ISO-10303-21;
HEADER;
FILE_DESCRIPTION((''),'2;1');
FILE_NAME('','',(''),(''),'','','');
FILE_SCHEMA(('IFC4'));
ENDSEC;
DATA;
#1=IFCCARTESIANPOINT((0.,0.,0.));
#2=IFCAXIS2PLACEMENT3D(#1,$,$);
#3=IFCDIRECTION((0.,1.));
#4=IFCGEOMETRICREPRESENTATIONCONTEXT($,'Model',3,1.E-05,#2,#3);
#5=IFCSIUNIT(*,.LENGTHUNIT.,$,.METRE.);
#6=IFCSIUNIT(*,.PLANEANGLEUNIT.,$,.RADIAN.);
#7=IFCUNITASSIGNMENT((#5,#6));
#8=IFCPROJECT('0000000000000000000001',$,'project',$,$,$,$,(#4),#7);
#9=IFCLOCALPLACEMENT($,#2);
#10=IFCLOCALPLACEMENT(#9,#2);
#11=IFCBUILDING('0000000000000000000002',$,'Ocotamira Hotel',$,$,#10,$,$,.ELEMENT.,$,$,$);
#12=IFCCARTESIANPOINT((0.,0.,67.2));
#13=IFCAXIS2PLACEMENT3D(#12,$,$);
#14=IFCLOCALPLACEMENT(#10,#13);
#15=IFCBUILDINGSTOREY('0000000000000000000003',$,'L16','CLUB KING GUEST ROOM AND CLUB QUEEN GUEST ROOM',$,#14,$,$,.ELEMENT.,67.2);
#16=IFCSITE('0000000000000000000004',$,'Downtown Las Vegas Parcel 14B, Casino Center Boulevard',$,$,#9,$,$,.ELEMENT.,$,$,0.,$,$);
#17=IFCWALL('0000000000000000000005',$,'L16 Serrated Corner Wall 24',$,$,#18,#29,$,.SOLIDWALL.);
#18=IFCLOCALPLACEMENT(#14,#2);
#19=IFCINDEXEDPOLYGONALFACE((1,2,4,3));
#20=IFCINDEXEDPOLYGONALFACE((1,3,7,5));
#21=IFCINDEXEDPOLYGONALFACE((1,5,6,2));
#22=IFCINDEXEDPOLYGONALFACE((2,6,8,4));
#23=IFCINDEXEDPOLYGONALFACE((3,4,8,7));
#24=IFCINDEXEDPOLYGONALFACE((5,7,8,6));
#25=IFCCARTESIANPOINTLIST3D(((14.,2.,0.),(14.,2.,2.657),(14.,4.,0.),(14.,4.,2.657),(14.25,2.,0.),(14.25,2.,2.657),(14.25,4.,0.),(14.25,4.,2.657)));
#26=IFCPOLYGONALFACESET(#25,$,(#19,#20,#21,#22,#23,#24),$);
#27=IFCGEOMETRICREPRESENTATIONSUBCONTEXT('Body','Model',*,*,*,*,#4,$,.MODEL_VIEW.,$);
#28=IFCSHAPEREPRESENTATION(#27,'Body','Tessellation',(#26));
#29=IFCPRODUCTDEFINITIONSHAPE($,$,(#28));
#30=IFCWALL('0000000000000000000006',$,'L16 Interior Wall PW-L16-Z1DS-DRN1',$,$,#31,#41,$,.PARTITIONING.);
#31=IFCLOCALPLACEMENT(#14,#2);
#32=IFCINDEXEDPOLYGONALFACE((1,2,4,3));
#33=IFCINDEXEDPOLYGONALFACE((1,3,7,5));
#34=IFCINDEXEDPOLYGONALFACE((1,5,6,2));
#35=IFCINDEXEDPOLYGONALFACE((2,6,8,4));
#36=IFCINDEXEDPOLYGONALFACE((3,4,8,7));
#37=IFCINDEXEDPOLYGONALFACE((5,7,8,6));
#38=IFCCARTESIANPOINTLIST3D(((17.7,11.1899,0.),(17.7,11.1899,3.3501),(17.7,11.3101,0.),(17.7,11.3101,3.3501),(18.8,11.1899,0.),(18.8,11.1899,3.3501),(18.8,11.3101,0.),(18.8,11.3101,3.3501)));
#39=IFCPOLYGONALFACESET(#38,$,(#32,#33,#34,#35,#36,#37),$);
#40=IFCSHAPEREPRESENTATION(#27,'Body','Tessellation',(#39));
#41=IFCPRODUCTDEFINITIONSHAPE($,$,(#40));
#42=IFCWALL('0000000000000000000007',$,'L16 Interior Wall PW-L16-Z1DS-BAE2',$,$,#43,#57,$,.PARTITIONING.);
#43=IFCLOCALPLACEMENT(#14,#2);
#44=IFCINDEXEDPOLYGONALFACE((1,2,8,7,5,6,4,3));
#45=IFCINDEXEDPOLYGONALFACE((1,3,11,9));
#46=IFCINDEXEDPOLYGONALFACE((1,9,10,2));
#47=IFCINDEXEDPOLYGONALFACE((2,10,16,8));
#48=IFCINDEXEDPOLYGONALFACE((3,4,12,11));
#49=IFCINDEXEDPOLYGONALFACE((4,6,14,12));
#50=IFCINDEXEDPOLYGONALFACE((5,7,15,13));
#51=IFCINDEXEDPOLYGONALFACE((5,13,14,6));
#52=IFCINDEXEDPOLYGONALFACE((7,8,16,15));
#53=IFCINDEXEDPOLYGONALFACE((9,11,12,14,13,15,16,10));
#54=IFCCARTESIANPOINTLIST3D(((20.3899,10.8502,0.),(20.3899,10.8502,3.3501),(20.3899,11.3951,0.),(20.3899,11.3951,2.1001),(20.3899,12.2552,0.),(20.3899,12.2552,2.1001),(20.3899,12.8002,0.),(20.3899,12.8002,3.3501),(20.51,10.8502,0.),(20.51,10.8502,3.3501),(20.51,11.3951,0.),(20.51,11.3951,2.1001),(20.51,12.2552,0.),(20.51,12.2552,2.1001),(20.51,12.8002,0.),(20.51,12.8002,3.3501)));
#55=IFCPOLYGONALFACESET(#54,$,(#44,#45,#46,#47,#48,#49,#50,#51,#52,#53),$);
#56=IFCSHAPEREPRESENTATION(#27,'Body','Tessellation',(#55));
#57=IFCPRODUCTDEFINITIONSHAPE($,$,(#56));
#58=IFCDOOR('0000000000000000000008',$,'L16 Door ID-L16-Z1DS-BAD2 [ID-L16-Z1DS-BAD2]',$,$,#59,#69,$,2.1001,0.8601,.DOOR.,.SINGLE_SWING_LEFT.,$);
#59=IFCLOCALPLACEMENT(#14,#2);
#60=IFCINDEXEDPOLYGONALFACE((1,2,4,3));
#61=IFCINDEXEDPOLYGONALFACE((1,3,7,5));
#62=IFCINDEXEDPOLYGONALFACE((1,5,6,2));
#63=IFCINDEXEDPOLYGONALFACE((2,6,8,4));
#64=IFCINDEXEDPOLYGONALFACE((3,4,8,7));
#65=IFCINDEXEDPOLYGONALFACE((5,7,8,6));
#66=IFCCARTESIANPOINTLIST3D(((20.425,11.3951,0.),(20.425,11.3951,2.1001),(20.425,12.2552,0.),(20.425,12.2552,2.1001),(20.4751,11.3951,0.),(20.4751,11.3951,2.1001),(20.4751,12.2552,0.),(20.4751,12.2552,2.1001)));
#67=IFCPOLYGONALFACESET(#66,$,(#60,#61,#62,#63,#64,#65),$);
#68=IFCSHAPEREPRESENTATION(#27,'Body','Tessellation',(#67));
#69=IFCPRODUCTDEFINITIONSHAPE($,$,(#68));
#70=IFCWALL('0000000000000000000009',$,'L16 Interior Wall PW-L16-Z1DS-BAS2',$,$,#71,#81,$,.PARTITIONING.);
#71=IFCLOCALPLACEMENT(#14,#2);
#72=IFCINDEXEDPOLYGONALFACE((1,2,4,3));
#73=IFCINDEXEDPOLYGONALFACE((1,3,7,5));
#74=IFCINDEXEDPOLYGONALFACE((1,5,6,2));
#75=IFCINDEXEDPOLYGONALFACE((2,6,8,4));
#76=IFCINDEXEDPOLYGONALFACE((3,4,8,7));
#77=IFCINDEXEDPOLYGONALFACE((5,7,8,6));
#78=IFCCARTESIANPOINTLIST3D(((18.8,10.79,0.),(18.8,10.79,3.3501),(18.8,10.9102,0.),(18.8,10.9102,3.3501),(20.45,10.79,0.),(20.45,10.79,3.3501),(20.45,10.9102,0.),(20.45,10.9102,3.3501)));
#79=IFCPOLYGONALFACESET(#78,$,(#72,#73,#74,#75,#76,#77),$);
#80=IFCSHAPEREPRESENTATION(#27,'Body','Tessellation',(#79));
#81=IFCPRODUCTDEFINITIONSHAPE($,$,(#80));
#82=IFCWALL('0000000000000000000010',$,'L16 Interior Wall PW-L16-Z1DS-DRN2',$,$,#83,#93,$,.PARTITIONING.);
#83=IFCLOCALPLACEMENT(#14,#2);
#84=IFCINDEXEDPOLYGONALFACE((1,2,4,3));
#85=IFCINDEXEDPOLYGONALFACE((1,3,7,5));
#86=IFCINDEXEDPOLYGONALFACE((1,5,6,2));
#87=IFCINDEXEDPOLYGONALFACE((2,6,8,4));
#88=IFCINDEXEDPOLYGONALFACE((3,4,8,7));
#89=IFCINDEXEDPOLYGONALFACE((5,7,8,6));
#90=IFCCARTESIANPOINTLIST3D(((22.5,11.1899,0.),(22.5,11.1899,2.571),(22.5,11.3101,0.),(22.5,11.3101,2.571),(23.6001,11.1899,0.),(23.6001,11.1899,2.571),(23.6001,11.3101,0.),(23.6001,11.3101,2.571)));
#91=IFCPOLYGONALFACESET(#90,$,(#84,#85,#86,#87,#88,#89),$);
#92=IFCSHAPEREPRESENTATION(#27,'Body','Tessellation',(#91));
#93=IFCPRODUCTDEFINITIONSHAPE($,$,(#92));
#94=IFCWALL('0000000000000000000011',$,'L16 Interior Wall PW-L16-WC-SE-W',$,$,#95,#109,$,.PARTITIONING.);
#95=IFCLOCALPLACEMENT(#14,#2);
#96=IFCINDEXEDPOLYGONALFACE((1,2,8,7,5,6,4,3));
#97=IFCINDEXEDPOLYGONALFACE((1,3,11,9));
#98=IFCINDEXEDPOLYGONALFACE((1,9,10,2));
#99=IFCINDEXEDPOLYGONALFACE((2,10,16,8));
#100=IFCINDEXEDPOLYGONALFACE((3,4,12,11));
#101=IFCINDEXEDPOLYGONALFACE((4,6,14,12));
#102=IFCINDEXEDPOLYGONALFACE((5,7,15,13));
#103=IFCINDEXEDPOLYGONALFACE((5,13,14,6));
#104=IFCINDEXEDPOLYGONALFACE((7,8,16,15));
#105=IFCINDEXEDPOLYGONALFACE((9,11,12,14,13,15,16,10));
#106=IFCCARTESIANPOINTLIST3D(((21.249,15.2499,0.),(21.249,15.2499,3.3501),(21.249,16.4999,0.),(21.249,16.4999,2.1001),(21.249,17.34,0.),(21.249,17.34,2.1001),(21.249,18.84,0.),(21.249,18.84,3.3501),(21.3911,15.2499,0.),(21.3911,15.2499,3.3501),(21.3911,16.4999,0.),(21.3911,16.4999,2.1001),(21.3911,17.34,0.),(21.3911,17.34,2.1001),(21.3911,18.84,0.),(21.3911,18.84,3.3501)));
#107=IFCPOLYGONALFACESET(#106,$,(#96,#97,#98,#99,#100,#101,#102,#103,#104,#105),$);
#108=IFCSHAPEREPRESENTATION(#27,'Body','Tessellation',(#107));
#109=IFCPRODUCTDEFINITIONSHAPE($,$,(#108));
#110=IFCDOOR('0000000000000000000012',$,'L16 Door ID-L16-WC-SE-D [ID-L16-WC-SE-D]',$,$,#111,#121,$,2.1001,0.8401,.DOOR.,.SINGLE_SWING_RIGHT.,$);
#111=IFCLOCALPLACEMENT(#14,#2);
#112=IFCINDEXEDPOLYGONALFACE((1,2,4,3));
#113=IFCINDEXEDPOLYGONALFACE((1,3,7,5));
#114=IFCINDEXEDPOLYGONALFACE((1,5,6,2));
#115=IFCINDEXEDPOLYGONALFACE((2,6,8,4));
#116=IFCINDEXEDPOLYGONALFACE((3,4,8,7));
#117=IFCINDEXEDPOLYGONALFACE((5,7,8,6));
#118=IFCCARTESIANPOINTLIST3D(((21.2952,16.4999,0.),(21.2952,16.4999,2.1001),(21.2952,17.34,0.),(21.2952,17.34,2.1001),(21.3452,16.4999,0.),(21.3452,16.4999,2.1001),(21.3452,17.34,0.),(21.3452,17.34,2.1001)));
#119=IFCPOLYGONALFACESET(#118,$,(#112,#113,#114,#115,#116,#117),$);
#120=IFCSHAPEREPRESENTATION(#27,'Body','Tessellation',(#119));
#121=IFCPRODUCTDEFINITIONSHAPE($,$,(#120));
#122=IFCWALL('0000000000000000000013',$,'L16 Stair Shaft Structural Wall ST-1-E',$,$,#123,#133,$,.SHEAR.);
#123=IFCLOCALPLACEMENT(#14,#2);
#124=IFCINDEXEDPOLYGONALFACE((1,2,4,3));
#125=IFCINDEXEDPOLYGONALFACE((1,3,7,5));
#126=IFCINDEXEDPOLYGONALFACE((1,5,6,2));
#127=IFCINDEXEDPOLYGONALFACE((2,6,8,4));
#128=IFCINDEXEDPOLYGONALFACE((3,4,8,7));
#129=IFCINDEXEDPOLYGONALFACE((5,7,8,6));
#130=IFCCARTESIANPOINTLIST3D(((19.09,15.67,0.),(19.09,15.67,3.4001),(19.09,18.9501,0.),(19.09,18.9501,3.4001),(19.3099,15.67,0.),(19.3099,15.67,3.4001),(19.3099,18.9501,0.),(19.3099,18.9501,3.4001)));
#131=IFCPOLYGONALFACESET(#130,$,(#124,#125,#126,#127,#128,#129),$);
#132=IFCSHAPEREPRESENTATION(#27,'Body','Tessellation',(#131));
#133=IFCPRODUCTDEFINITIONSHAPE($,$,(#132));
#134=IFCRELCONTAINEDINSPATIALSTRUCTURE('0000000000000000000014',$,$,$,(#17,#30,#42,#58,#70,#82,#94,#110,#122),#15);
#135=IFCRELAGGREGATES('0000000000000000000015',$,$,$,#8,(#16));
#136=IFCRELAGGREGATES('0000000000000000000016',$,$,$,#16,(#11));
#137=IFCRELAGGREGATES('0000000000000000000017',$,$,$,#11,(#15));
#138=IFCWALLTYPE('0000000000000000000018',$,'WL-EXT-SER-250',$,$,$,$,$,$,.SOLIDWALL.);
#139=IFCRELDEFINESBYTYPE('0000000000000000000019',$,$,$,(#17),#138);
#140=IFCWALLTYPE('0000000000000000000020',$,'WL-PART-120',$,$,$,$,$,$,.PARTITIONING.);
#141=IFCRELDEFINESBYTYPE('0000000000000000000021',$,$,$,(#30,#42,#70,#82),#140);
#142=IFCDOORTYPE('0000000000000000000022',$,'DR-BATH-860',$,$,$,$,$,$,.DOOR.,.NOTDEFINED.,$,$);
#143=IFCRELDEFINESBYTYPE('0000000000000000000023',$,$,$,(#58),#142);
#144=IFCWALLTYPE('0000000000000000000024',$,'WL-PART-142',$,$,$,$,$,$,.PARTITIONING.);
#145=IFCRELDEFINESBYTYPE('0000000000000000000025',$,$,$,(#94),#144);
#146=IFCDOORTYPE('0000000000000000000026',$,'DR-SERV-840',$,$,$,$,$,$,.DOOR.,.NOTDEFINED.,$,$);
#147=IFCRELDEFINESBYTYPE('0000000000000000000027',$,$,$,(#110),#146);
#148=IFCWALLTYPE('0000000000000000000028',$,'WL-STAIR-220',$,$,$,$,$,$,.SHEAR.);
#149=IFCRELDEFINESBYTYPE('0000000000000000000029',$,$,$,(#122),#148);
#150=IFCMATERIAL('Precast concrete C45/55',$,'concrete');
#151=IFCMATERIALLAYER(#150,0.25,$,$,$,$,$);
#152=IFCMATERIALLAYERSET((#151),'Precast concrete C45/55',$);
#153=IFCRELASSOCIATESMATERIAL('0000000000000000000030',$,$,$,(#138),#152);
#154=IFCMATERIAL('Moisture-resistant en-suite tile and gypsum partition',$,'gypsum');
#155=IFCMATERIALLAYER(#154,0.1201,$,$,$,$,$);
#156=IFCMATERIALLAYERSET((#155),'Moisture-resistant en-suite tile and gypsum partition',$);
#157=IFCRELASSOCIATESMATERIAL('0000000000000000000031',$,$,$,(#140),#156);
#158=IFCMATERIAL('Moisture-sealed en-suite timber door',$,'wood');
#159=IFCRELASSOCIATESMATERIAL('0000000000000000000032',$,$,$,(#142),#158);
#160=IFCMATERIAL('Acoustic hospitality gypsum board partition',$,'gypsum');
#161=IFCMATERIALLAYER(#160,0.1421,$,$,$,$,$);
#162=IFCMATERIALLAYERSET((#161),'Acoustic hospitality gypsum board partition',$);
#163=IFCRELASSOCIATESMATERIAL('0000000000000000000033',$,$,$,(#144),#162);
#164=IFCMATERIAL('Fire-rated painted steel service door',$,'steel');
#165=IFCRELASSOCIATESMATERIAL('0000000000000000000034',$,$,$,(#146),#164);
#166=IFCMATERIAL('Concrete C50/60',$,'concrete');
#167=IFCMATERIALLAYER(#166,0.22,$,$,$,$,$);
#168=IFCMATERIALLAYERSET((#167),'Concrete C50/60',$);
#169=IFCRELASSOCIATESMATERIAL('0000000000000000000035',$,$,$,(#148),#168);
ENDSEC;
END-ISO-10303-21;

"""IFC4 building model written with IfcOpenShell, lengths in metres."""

from ifc_helpers import new_model, si_unit, direction, frame, frame_2d, origin, place, context, subcontext, project, spatial, rectangle, extrude, source, transform, mapped, material, layer, layer_set, type_object, element, fill, save


model = new_model("IFC4")

# Units and contexts
model_context = context("Model", 3, precision=1e-05, world=origin(), true_north=direction((0.0, 1.0)))
body_context = subcontext(model_context, "Body", "Model", "MODEL_VIEW")
ifc_project = project(units=[si_unit("LENGTHUNIT", "METRE"), si_unit("PLANEANGLEUNIT", "RADIAN")], contexts=[model_context])

# Site, building, storey
site_placement = place(None, origin())
site = spatial("IfcSite", under=ifc_project, at=site_placement, Name="Downtown Las Vegas Parcel 14B, Casino Center Boulevard", CompositionType="ELEMENT", RefElevation=0.0)
building_placement = place(site_placement, origin())
building = spatial("IfcBuilding", under=site, at=building_placement, Name="Ocotamira Hotel", CompositionType="ELEMENT")
storey_placement = place(building_placement, frame((0.0, 0.0, 67.2)))
storey = spatial("IfcBuildingStorey", under=building, at=storey_placement, Name="L16", Description="CLUB KING GUEST ROOM AND CLUB QUEEN GUEST ROOM", CompositionType="ELEMENT", Elevation=67.2)

# Wall
ifc_material_1 = material(Name="Precast concrete C45/55", Category="concrete")
ifc_layer_1 = layer(ifc_material_1, 0.25)
ifc_layer_set_1 = layer_set([ifc_layer_1], Name="Precast concrete C45/55")
wall_type_1 = type_object("IfcWallType", Name="WL-EXT-SER-250", PredefinedType="SOLIDWALL", material=ifc_layer_set_1)
wall_1_placement = place(storey_placement, frame((14.125, 4.0, 0.0), z_axis=(0.0, 0.0, 1.0), x_axis=(0.0, -1.0, 0.0)))
element("IfcWall", 1, at=wall_1_placement, inside=storey, type_object=wall_type_1, Name="L16 Serrated Corner Wall 24", PredefinedType="SOLIDWALL", context=body_context, shape_type="SweptSolid", body=[
    extrude(rectangle(XDim=2.0, YDim=0.25, at=frame_2d((1.0, 0.0))), origin(), (0.0, 0.0, 1.0), 2.657),
])

# Shared definitions
ifc_material_2 = material(Name="Moisture-resistant en-suite tile and gypsum partition", Category="gypsum")
ifc_layer_2 = layer(ifc_material_2, 0.1201)
ifc_layer_set_2 = layer_set([ifc_layer_2], Name="Moisture-resistant en-suite tile and gypsum partition")
wall_type_2 = type_object("IfcWallType", Name="WL-PART-120", PredefinedType="PARTITIONING", material=ifc_layer_set_2)

# Wall
wall_2_placement = place(storey_placement, frame((17.7, 11.25, 0.0), z_axis=(0.0, 0.0, 1.0), x_axis=(1.0, 0.0, 0.0)))
element("IfcWall", 2, at=wall_2_placement, inside=storey, type_object=wall_type_2, Name="L16 Interior Wall PW-L16-Z1DS-DRN1", PredefinedType="PARTITIONING", context=body_context, shape_type="SweptSolid", body=[
    extrude(rectangle(XDim=1.1001, YDim=0.1201, at=frame_2d((0.55, 0.0))), origin(), (0.0, 0.0, 1.0), 3.3501),
])

# Wall, opening, door
wall_3_placement = place(storey_placement, frame((20.45, 10.8501, 0.0), z_axis=(0.0, 0.0, 1.0), x_axis=(0.0, 1.0, 0.0)))
wall_3 = element("IfcWall", 3, at=wall_3_placement, inside=storey, type_object=wall_type_2, Name="L16 Interior Wall PW-L16-Z1DS-BAE2", PredefinedType="PARTITIONING", context=body_context, shape_type="SweptSolid", body=[
    extrude(rectangle(XDim=1.95, YDim=0.1201, at=frame_2d((0.9751, 0.0))), origin(), (0.0, 0.0, 1.0), 3.3501),
])
opening_1_placement = place(wall_3_placement, frame((0.5449, 0.0, 0.0)))
opening_1 = element("IfcOpeningElement", 4, at=opening_1_placement, cuts=wall_3, PredefinedType="OPENING", context=body_context, shape_type="SweptSolid", body=[
    extrude(rectangle(XDim=0.8601, YDim=2.1001, at=frame_2d((0.4302, 1.05))), frame((0.0, 0.0701, 0.0), z_axis=(0.0, -1.0, 0.0), x_axis=(1.0, 0.0, 0.0)), (0.0, 0.0, 1.0), 0.1401),
])
ifc_material_3 = material(Name="Moisture-sealed en-suite timber door", Category="wood")
door_type_1 = type_object("IfcDoorType", Name="DR-BATH-860", OperationType="NOTDEFINED", PredefinedType="DOOR", material=ifc_material_3)
shared_shape_1 = source(origin(), body_context, "Body", "SweptSolid", [
    extrude(rectangle(XDim=0.8601, YDim=2.1001, at=frame_2d((0.4302, 1.05))), frame((0.0, 0.0249, 0.0), z_axis=(0.0, -1.0, 0.0), x_axis=(1.0, 0.0, 0.0)), (0.0, 0.0, 1.0), 0.05),
])
door_1_placement = place(opening_1_placement, origin())
door_1 = element("IfcDoor", 5, at=door_1_placement, inside=storey, type_object=door_type_1, Name="L16 Door ID-L16-Z1DS-BAD2 [ID-L16-Z1DS-BAD2]", OperationType="SINGLE_SWING_LEFT", OverallHeight=2.1001, OverallWidth=0.8601, PredefinedType="DOOR", context=body_context, shape_type="MappedRepresentation", body=[
    mapped(shared_shape_1, transform((0.0, 0.0, 0.0), scale=1.0)),
])
fill(opening_1, door_1)

# Walls
wall_4_placement = place(storey_placement, frame((18.8, 10.8501, 0.0), z_axis=(0.0, 0.0, 1.0), x_axis=(1.0, 0.0, 0.0)))
element("IfcWall", 6, at=wall_4_placement, inside=storey, type_object=wall_type_2, Name="L16 Interior Wall PW-L16-Z1DS-BAS2", PredefinedType="PARTITIONING", context=body_context, shape_type="SweptSolid", body=[
    extrude(rectangle(XDim=1.6499, YDim=0.1201, at=frame_2d((0.825, 0.0))), origin(), (0.0, 0.0, 1.0), 3.3501),
])
wall_5_placement = place(storey_placement, frame((22.5, 11.25, 0.0), z_axis=(0.0, 0.0, 1.0), x_axis=(1.0, 0.0, 0.0)))
element("IfcWall", 7, at=wall_5_placement, inside=storey, type_object=wall_type_2, Name="L16 Interior Wall PW-L16-Z1DS-DRN2", PredefinedType="PARTITIONING", context=body_context, shape_type="SweptSolid", body=[
    extrude(rectangle(XDim=1.1001, YDim=0.1201, at=frame_2d((0.55, 0.0))), origin(), (0.0, 0.0, 1.0), 2.571),
])

# Wall, opening, door
ifc_material_4 = material(Name="Acoustic hospitality gypsum board partition", Category="gypsum")
ifc_layer_3 = layer(ifc_material_4, 0.1421)
ifc_layer_set_3 = layer_set([ifc_layer_3], Name="Acoustic hospitality gypsum board partition")
wall_type_3 = type_object("IfcWallType", Name="WL-PART-142", PredefinedType="PARTITIONING", material=ifc_layer_set_3)
wall_6_placement = place(storey_placement, frame((21.3201, 15.25, 0.0), z_axis=(0.0, 0.0, 1.0), x_axis=(0.0, 1.0, 0.0)))
wall_6 = element("IfcWall", 8, at=wall_6_placement, inside=storey, type_object=wall_type_3, Name="L16 Interior Wall PW-L16-WC-SE-W", PredefinedType="PARTITIONING", context=body_context, shape_type="SweptSolid", body=[
    extrude(rectangle(XDim=3.5901, YDim=0.1421, at=frame_2d((1.7949, 0.0))), origin(), (0.0, 0.0, 1.0), 3.3501),
])
opening_2_placement = place(wall_6_placement, frame((1.25, 0.0, 0.0)))
opening_2 = element("IfcOpeningElement", 9, at=opening_2_placement, cuts=wall_6, PredefinedType="OPENING", context=body_context, shape_type="SweptSolid", body=[
    extrude(rectangle(XDim=0.8401, YDim=2.1001, at=frame_2d((0.4199, 1.05))), frame((0.0, 0.0811, 0.0), z_axis=(0.0, -1.0, 0.0), x_axis=(1.0, 0.0, 0.0)), (0.0, 0.0, 1.0), 0.1621),
])
ifc_material_5 = material(Name="Fire-rated painted steel service door", Category="steel")
door_type_2 = type_object("IfcDoorType", Name="DR-SERV-840", OperationType="NOTDEFINED", PredefinedType="DOOR", material=ifc_material_5)
shared_shape_2 = source(origin(), body_context, "Body", "SweptSolid", [
    extrude(rectangle(XDim=0.8401, YDim=2.1001, at=frame_2d((0.4199, 1.05))), frame((0.0, 0.0249, 0.0), z_axis=(0.0, -1.0, 0.0), x_axis=(1.0, 0.0, 0.0)), (0.0, 0.0, 1.0), 0.05),
])
door_2_placement = place(opening_2_placement, origin())
door_2 = element("IfcDoor", 10, at=door_2_placement, inside=storey, type_object=door_type_2, Name="L16 Door ID-L16-WC-SE-D [ID-L16-WC-SE-D]", OperationType="SINGLE_SWING_RIGHT", OverallHeight=2.1001, OverallWidth=0.8401, PredefinedType="DOOR", context=body_context, shape_type="MappedRepresentation", body=[
    mapped(shared_shape_2, transform((0.0, 0.0, 0.0), scale=1.0)),
])
fill(opening_2, door_2)

# Wall
ifc_material_6 = material(Name="Concrete C50/60", Category="concrete")
ifc_layer_4 = layer(ifc_material_6, 0.22)
ifc_layer_set_4 = layer_set([ifc_layer_4], Name="Concrete C50/60")
wall_type_4 = type_object("IfcWallType", Name="WL-STAIR-220", PredefinedType="SHEAR", material=ifc_layer_set_4)
wall_7_placement = place(storey_placement, frame((19.2, 15.6699, 0.0), z_axis=(0.0, 0.0, 1.0), x_axis=(0.0, 1.0, 0.0)))
element("IfcWall", 11, at=wall_7_placement, inside=storey, type_object=wall_type_4, Name="L16 Stair Shaft Structural Wall ST-1-E", PredefinedType="SHEAR", context=body_context, shape_type="SweptSolid", body=[
    extrude(rectangle(XDim=3.28, YDim=0.22, at=frame_2d((1.6401, 0.0))), origin(), (0.0, 0.0, 1.0), 3.4001),
])

save(model, "model.ifc")
